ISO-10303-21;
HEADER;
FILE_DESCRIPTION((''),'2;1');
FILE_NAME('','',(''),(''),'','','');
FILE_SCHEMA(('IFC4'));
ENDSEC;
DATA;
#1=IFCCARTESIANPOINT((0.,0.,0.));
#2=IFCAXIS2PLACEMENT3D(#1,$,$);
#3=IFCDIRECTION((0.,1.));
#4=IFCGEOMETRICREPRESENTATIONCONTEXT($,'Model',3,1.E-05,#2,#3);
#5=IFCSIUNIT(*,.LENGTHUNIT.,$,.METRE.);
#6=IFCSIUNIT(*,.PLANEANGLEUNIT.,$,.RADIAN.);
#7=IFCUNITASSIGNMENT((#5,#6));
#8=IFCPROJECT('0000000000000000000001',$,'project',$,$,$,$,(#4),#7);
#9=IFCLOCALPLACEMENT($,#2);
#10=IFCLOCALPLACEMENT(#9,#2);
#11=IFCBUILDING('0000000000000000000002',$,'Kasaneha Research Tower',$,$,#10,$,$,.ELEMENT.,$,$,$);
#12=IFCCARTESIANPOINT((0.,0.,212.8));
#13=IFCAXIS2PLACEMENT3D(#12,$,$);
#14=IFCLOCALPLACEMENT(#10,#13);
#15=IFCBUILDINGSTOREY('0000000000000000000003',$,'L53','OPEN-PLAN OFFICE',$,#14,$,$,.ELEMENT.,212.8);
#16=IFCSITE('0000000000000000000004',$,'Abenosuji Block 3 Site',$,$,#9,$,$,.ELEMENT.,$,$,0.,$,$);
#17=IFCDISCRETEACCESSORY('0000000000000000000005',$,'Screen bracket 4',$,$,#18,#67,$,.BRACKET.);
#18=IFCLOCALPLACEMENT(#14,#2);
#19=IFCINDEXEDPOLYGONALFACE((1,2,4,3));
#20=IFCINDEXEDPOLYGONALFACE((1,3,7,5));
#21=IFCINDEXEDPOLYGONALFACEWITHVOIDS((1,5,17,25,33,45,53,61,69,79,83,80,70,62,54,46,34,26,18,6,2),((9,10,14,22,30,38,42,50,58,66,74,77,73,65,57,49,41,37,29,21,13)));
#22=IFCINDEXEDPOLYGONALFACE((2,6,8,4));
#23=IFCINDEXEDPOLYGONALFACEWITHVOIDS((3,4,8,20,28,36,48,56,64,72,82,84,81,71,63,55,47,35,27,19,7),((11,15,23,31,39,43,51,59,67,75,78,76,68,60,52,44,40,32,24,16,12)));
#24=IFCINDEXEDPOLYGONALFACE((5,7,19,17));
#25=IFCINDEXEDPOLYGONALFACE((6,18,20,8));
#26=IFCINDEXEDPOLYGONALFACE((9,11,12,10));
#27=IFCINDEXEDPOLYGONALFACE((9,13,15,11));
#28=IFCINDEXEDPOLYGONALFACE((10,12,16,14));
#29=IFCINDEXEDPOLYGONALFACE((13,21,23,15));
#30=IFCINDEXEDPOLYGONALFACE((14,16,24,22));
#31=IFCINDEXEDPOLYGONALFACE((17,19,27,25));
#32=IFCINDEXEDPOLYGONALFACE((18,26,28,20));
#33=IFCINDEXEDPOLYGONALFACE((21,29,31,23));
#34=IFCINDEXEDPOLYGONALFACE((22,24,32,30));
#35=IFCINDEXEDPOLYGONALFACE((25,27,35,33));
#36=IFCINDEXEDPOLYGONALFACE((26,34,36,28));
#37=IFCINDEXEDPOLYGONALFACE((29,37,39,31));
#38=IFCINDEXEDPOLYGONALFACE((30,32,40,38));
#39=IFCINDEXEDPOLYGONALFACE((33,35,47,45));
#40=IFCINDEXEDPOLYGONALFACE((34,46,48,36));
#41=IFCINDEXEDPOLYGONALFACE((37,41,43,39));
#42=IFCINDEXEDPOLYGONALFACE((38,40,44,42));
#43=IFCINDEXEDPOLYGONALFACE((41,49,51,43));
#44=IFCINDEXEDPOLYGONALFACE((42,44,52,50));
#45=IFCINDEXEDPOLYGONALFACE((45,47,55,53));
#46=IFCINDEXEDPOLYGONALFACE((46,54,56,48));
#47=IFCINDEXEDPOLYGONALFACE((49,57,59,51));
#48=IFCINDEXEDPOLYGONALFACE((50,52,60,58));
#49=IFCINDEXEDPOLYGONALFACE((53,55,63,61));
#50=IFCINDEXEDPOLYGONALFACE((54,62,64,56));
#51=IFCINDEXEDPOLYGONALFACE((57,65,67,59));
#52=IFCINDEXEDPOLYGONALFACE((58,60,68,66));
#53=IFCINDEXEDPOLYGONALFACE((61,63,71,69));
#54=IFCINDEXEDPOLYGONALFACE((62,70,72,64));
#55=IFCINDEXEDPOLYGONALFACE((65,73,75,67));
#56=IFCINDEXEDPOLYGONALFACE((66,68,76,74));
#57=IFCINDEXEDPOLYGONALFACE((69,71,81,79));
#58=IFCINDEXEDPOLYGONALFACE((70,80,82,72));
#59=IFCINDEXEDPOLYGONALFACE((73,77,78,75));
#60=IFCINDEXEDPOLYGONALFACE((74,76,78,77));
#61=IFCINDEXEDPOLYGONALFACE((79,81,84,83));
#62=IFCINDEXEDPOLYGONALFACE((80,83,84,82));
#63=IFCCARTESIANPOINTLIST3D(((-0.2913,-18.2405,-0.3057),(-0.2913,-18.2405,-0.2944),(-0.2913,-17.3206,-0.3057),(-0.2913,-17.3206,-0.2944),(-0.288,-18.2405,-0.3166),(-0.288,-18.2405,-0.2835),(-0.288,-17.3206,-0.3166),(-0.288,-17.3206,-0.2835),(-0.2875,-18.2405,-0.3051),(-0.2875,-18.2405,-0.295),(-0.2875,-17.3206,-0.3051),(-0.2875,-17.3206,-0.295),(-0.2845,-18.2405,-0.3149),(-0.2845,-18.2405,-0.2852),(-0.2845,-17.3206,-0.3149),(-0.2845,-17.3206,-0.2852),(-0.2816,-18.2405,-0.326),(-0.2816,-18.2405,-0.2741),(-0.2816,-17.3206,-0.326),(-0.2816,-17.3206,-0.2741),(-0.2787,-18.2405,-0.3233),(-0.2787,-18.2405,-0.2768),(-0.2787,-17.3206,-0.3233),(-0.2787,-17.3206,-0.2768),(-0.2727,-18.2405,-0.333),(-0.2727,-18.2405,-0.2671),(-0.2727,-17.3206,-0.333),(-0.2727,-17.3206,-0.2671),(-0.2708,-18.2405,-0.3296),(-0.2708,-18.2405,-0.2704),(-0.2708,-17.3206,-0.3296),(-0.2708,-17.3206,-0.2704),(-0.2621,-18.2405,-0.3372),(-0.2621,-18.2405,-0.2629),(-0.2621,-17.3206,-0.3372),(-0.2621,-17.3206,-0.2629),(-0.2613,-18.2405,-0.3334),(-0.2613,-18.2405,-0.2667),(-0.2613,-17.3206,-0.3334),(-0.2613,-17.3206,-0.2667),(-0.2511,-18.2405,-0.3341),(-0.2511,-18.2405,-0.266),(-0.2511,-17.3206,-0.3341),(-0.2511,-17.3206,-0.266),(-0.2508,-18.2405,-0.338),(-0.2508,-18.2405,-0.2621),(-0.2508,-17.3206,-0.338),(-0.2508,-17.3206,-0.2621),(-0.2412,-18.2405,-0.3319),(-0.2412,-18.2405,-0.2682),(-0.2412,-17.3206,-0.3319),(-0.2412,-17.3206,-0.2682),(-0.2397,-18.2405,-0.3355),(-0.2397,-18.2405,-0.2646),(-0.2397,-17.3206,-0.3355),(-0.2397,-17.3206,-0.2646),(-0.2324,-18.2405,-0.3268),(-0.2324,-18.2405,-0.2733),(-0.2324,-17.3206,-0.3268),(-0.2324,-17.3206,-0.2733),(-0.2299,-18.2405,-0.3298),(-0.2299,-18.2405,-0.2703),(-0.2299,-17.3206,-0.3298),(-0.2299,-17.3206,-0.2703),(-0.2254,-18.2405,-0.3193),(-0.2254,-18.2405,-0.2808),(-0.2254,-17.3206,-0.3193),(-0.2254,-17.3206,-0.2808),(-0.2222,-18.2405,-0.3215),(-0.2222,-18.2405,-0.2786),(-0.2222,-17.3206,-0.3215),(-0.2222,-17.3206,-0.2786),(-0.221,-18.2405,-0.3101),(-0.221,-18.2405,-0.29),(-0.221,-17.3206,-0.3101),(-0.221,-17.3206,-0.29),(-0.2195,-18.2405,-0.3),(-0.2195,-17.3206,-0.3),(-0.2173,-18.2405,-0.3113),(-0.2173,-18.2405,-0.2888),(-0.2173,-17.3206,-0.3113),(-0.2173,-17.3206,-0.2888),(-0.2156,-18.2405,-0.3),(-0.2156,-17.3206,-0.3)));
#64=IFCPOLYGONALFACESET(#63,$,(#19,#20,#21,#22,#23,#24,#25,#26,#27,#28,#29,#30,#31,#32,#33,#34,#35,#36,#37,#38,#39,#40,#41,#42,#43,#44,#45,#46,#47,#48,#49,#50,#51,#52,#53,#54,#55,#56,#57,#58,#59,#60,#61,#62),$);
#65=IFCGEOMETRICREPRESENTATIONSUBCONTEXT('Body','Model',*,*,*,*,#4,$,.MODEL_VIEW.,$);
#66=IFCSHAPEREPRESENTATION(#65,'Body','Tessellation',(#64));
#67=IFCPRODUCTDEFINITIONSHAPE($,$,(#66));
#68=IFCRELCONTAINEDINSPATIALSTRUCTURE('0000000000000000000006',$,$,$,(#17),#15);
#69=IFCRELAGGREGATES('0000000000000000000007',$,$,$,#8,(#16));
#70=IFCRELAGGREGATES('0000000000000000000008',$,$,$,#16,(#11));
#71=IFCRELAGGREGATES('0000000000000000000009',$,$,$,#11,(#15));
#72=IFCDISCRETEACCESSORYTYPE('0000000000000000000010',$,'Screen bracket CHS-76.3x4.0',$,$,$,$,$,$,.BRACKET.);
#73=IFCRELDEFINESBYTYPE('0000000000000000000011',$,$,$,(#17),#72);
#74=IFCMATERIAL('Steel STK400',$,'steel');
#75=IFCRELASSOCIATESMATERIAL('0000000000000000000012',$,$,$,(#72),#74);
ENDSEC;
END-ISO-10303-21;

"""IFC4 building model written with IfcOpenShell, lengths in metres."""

from ifc_helpers import new_model, si_unit, direction, frame, origin, origin_2d, place, context, subcontext, project, spatial, hollow_circle, extrude, material, material_profile, profile_set, type_object, element, save


model = new_model("IFC4")

# Units and contexts
model_context = context("Model", 3, precision=1e-05, world=origin(), true_north=direction((0.0, 1.0)))
body_context = subcontext(model_context, "Body", "Model", "MODEL_VIEW")
ifc_project = project(units=[si_unit("LENGTHUNIT", "METRE"), si_unit("PLANEANGLEUNIT", "RADIAN")], contexts=[model_context])

# Site, building, storey
site_placement = place(None, origin())
site = spatial("IfcSite", under=ifc_project, at=site_placement, Name="Abenosuji Block 3 Site", CompositionType="ELEMENT", RefElevation=0.0)
building_placement = place(site_placement, origin())
building = spatial("IfcBuilding", under=site, at=building_placement, Name="Kasaneha Research Tower", CompositionType="ELEMENT")
storey_placement = place(building_placement, frame((0.0, 0.0, 212.8)))
storey = spatial("IfcBuildingStorey", under=building, at=storey_placement, Name="L53", Description="OPEN-PLAN OFFICE", CompositionType="ELEMENT", Elevation=212.8)

# Discrete accessory
ifc_material_1 = material(Name="Steel STK400", Category="steel")
ifc_material_profile_1 = material_profile(ifc_material_1, hollow_circle(Radius=0.0381, WallThickness=0.0039, at=origin_2d()), Name="CHS-76.3x4.0")
ifc_profile_set_1 = profile_set([ifc_material_profile_1], Name="Steel STK400")
discrete_accessory_type = type_object("IfcDiscreteAccessoryType", Name="Screen bracket CHS-76.3x4.0", PredefinedType="BRACKET", material=ifc_profile_set_1)
for number, where, z_axis, x_axis, name in (
    (1, (-0.2537, -17.3206, -0.3), (0.0, -1.0, 0.0), (1.0, 0.0, 0.0), "Screen bracket 4"),
):
    element("IfcDiscreteAccessory", number, at=place(storey_placement, frame(where, z_axis=z_axis, x_axis=x_axis)), inside=storey, type_object=discrete_accessory_type, Name=name, PredefinedType="BRACKET", context=body_context, shape_type="SweptSolid", body=[
        extrude(hollow_circle(Radius=0.0381, WallThickness=0.0039, at=origin_2d()), origin(), (0.0, 0.0, 1.0), 0.9199),
    ])

save(model, "model.ifc")
